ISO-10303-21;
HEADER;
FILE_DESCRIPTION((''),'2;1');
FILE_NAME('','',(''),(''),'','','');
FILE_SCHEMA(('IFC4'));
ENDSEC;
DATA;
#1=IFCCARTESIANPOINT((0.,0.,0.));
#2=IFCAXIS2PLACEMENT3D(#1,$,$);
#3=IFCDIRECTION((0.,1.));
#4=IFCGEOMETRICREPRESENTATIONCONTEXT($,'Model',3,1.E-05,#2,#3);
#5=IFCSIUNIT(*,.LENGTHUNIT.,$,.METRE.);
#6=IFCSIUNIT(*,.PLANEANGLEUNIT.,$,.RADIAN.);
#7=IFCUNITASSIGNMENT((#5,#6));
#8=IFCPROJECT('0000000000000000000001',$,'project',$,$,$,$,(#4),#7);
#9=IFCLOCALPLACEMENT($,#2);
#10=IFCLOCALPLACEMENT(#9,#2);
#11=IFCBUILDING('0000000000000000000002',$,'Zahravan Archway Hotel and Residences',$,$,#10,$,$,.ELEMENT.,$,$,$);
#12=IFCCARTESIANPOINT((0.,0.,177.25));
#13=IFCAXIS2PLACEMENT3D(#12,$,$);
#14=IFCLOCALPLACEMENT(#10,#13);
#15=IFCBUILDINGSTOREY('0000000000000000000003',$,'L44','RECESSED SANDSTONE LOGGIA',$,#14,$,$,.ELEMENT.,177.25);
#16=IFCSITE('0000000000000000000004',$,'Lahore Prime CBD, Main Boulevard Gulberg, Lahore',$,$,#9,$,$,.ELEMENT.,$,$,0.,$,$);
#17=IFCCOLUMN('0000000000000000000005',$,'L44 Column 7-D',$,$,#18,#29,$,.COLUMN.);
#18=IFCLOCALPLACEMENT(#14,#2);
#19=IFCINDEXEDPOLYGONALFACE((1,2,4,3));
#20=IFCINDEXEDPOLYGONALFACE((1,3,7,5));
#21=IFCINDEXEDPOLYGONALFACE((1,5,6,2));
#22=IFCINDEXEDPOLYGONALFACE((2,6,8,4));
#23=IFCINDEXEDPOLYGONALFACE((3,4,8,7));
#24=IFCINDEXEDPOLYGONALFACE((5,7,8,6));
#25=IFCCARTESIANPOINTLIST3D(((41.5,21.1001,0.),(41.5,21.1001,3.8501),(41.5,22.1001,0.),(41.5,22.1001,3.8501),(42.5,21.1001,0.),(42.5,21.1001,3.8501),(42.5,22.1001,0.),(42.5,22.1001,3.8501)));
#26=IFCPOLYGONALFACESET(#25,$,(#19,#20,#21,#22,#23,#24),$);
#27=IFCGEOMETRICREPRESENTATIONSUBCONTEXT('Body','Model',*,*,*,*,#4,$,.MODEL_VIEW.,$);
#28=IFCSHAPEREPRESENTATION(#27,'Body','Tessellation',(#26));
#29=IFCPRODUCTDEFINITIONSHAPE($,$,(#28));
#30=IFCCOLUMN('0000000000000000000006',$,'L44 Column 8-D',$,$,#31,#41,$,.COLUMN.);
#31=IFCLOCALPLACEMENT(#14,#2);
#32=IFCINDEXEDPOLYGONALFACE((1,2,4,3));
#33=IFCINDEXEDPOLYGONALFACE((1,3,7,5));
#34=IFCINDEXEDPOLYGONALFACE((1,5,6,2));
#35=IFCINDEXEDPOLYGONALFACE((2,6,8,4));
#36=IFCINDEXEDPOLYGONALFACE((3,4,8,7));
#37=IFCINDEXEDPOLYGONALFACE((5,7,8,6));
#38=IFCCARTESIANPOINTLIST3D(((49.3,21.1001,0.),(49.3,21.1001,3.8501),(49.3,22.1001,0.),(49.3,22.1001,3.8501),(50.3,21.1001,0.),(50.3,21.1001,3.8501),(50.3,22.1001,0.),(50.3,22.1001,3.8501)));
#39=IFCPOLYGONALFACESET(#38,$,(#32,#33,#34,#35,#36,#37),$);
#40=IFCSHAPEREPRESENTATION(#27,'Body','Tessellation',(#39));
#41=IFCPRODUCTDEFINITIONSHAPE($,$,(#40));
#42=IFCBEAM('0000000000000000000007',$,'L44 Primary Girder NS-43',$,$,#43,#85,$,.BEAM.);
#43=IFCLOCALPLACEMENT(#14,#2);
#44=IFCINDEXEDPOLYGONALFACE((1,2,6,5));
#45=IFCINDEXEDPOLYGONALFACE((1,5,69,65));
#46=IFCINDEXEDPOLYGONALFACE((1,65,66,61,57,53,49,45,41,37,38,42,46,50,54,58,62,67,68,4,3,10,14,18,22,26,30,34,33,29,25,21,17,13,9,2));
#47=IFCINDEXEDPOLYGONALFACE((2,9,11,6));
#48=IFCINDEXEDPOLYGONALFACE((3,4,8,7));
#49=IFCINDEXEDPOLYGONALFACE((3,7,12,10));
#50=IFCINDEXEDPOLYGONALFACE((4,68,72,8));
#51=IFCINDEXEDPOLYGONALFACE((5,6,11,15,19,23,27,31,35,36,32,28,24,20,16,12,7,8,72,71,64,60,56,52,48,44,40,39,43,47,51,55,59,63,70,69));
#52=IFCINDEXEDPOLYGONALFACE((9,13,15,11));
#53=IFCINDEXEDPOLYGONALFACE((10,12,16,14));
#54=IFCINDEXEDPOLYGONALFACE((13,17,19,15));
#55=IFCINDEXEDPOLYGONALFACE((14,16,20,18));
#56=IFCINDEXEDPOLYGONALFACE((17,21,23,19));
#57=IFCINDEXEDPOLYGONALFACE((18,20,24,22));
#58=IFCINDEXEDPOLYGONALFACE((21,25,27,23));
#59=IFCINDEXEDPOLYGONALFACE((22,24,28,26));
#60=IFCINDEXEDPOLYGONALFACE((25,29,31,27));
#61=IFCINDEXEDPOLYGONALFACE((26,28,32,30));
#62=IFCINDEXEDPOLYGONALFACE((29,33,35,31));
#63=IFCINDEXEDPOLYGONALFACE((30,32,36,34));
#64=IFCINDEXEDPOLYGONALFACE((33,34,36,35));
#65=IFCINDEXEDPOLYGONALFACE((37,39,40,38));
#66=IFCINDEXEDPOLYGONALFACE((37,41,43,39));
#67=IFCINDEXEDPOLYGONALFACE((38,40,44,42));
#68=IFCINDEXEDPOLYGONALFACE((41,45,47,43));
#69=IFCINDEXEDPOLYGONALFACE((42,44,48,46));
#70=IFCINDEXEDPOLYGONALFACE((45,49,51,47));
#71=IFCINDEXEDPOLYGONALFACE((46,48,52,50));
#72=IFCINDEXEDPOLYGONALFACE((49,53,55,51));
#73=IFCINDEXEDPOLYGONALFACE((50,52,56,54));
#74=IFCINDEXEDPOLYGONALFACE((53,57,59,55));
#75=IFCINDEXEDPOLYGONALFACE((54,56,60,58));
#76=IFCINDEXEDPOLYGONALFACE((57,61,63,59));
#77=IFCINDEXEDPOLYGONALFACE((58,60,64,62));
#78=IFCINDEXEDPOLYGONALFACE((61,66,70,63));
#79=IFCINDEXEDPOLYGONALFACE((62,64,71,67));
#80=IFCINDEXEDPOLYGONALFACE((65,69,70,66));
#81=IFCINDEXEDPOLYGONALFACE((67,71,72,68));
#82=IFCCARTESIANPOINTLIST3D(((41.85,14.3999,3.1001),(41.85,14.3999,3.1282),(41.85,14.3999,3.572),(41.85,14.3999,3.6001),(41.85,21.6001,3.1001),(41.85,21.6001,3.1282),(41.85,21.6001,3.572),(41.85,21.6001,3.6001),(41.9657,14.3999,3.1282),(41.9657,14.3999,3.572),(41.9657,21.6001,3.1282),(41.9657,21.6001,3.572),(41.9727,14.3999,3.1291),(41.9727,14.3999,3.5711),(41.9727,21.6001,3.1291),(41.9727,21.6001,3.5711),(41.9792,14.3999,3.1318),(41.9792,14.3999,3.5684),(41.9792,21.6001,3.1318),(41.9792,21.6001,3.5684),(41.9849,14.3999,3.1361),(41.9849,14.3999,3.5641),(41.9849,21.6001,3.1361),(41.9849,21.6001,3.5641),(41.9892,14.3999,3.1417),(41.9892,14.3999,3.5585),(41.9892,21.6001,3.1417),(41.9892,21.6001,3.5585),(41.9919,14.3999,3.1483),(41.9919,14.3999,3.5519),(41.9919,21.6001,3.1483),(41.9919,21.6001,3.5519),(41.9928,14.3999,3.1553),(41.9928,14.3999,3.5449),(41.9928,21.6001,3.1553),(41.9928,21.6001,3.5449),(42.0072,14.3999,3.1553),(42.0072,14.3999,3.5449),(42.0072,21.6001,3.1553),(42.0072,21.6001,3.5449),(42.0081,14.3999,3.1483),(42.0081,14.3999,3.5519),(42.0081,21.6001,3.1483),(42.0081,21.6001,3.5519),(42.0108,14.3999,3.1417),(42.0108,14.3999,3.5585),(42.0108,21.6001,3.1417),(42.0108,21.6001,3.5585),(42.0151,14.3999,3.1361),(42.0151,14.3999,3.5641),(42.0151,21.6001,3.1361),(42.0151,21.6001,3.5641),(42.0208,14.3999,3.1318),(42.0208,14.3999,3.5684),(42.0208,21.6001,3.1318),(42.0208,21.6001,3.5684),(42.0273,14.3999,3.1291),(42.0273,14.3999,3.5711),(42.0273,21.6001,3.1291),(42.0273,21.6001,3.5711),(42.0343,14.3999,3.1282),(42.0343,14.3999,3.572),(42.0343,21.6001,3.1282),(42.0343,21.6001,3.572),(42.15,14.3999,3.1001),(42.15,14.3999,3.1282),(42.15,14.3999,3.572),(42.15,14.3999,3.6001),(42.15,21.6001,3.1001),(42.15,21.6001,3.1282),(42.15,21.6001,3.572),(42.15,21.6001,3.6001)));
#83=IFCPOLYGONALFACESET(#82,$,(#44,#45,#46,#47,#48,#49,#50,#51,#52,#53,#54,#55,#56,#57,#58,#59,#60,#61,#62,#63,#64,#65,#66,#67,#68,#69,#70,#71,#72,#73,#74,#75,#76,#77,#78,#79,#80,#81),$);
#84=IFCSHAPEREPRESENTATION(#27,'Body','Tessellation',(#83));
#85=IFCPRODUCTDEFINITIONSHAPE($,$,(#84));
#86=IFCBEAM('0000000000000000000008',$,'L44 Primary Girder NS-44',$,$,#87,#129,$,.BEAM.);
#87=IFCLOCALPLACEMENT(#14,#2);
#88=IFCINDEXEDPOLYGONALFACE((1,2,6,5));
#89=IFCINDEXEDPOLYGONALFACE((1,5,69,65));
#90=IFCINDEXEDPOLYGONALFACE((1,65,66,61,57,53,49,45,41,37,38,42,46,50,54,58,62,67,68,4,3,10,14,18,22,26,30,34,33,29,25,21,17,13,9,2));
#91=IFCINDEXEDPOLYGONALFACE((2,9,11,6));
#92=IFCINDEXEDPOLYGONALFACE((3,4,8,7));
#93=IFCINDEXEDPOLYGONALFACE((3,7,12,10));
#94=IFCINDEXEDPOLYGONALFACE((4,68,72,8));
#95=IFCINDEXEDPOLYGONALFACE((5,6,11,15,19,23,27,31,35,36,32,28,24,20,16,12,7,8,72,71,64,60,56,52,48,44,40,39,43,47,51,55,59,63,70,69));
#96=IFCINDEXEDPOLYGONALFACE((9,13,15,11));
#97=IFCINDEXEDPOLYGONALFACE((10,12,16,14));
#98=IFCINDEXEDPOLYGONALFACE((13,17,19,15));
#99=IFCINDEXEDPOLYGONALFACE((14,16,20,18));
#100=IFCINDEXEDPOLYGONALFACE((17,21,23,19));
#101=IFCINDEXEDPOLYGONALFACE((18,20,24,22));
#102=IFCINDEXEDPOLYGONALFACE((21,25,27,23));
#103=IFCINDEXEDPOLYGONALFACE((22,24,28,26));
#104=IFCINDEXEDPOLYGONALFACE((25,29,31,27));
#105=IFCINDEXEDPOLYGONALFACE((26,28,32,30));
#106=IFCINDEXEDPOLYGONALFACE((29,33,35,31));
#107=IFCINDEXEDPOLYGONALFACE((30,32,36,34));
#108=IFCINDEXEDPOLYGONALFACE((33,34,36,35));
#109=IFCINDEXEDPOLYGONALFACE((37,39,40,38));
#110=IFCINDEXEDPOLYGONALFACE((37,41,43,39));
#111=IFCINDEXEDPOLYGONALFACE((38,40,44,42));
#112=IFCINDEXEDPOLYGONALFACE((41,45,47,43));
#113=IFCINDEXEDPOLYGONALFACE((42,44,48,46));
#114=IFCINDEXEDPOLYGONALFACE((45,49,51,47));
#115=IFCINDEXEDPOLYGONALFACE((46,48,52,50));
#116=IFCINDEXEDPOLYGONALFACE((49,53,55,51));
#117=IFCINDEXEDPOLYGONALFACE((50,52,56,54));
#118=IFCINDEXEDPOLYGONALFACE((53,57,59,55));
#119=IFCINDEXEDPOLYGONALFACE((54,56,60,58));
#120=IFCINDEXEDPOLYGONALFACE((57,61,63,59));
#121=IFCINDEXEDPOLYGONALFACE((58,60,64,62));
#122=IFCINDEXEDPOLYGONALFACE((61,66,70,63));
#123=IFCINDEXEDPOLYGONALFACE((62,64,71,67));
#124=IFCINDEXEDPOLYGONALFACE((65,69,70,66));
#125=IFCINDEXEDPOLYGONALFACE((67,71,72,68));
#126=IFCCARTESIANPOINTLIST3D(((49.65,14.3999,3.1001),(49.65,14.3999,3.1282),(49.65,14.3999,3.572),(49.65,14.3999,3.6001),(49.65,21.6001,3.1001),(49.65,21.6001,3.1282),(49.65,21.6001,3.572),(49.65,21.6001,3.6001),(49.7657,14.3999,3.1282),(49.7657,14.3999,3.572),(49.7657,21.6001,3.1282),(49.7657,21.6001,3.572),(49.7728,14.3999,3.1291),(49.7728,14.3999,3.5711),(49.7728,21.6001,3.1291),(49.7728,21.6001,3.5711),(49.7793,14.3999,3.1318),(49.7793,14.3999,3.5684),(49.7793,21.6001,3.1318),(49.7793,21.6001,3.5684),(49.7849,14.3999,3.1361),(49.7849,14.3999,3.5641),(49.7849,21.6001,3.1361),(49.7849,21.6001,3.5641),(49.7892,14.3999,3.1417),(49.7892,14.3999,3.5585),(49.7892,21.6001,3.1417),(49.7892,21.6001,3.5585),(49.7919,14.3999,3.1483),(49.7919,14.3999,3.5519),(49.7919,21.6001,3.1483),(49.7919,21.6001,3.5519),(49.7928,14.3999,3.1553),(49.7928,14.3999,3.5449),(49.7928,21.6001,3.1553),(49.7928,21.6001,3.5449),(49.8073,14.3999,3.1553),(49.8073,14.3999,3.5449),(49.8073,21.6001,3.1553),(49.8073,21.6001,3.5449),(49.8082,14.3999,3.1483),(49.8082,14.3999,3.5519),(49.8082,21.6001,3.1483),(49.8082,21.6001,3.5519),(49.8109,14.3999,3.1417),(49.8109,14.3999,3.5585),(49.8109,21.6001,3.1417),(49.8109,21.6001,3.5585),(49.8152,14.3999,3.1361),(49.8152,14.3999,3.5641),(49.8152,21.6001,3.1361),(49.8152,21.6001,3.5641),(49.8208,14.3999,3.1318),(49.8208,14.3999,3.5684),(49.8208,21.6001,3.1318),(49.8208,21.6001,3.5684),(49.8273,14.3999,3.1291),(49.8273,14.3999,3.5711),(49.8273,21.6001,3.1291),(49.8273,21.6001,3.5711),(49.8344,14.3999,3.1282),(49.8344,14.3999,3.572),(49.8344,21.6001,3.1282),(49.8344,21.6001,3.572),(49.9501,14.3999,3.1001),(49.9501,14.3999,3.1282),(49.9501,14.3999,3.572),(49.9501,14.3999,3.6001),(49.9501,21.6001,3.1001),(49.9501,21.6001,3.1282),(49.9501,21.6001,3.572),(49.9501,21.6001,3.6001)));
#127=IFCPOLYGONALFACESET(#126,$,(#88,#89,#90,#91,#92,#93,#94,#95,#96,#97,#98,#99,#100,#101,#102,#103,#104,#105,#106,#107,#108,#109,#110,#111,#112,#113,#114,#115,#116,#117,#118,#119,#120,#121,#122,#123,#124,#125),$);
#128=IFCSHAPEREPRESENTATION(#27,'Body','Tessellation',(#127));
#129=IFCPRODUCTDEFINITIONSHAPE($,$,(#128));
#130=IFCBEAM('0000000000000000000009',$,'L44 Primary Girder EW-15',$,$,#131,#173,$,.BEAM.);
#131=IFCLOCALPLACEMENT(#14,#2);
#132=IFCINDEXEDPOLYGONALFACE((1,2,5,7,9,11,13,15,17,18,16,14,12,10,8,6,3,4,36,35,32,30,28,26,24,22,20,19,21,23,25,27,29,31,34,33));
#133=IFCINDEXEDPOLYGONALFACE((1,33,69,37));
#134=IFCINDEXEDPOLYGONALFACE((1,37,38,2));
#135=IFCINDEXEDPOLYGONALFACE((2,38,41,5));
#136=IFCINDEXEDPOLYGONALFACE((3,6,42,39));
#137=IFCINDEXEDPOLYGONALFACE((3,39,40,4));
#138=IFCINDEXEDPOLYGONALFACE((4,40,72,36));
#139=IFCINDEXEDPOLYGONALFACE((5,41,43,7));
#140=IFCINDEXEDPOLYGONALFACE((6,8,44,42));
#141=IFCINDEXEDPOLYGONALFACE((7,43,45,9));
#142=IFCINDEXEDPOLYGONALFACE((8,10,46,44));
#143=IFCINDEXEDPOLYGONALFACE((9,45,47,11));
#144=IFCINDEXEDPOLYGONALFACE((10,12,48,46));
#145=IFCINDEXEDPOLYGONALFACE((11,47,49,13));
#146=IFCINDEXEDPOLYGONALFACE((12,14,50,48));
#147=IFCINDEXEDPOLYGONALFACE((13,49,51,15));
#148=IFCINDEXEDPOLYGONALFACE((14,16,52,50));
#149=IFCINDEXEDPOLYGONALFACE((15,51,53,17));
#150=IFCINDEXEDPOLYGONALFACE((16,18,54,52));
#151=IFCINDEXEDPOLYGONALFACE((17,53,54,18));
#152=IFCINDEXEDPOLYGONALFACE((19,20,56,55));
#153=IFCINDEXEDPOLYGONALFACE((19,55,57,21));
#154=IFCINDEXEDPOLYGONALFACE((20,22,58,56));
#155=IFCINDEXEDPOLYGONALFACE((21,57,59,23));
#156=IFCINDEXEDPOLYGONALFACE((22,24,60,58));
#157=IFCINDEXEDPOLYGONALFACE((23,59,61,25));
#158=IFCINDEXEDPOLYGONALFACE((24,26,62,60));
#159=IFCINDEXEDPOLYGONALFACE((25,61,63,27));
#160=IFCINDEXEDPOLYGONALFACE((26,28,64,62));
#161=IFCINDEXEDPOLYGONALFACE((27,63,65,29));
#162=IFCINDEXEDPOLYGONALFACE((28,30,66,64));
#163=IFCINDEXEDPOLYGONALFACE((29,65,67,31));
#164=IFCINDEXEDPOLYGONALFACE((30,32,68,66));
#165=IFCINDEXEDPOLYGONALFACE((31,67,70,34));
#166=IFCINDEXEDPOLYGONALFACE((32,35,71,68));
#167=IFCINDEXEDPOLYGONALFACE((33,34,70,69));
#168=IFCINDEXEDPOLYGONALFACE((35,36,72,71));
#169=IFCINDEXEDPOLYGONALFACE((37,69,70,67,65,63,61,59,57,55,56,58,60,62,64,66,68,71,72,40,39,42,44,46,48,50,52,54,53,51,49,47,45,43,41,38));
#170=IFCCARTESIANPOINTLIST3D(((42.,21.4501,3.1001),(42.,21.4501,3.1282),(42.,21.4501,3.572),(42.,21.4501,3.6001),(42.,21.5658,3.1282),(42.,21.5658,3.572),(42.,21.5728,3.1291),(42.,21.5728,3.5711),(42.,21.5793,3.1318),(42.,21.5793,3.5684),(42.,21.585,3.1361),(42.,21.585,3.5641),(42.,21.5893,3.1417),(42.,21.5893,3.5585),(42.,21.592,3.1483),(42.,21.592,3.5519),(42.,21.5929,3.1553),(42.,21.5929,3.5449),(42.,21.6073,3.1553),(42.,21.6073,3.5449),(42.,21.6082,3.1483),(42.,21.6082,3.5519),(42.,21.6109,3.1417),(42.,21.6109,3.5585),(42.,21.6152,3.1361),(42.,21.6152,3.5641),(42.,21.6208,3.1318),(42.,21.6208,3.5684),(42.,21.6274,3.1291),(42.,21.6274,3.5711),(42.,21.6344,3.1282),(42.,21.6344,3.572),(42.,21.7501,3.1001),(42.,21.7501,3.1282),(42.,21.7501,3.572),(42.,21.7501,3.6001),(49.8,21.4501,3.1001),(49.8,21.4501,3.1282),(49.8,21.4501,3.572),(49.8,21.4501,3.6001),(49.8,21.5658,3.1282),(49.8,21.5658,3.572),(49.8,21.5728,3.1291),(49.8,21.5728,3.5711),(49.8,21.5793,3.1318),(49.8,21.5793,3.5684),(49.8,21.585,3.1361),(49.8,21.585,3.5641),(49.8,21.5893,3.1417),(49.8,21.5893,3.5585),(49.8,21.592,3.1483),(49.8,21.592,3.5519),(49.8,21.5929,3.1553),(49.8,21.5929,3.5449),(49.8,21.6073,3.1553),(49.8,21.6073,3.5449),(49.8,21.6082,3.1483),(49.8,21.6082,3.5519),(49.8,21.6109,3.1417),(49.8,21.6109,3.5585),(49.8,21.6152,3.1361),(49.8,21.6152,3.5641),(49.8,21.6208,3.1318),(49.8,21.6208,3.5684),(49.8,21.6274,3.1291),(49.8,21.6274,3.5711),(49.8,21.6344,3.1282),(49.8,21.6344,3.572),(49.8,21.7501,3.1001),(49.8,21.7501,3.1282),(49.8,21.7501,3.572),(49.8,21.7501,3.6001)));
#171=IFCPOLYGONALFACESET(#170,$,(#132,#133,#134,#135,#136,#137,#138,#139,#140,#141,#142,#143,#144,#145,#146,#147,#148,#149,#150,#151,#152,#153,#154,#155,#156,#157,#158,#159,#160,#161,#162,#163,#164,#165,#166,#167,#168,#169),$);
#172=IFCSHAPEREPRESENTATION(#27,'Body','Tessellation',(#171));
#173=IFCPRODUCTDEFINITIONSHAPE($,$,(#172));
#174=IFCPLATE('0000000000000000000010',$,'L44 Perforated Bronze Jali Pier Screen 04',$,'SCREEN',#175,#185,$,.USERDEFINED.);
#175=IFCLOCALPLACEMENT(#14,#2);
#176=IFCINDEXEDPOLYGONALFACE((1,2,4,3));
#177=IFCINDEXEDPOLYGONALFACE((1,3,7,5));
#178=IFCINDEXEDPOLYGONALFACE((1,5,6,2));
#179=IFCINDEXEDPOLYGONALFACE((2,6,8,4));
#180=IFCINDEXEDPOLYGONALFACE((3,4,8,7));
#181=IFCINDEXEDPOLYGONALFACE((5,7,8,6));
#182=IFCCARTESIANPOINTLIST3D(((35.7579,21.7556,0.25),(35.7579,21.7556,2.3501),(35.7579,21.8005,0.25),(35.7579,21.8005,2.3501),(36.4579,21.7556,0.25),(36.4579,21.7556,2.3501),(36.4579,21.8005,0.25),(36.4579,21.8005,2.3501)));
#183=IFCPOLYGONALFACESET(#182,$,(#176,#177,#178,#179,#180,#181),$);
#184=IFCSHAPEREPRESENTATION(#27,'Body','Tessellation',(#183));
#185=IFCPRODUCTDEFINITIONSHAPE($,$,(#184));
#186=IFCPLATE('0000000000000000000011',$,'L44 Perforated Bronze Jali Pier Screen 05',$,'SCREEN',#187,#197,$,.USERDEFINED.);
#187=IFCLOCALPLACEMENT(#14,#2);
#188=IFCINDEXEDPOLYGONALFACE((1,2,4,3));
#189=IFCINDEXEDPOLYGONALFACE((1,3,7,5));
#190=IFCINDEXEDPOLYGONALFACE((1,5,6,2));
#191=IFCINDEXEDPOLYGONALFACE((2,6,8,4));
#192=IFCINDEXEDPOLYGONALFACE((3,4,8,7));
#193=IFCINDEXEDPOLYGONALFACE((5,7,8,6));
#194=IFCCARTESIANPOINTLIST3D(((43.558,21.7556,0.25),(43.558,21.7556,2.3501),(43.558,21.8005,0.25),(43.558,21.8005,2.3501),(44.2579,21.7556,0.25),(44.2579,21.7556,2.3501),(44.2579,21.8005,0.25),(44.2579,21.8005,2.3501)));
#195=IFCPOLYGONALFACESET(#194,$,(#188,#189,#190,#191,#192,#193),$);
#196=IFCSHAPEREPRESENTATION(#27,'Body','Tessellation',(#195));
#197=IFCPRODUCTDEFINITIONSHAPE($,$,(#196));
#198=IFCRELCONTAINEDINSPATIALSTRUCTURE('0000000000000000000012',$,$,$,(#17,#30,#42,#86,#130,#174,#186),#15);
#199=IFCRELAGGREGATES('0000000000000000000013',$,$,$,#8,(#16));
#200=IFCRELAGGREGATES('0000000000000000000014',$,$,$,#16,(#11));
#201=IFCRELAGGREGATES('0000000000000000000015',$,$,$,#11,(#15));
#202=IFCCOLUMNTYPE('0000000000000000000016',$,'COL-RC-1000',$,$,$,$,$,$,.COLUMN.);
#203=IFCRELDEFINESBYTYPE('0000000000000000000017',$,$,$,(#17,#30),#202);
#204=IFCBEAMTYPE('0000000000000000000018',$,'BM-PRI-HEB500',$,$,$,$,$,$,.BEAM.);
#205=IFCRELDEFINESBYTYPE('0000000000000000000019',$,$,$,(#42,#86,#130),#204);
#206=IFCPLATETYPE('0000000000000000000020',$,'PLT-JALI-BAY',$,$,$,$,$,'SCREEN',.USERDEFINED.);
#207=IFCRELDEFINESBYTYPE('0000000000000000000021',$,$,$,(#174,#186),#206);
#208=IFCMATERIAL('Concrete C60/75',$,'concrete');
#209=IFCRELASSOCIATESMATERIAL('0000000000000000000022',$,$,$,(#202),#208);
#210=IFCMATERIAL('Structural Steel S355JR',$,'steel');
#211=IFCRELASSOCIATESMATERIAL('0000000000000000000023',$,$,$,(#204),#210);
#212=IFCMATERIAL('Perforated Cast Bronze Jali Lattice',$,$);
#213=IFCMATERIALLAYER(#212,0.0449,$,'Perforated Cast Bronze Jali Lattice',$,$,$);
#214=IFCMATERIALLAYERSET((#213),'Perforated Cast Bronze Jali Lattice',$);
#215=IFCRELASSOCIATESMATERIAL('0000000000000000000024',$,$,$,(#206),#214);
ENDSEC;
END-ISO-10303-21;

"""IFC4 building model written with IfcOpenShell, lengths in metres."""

from ifc_helpers import new_model, si_unit, direction, frame, origin, origin_2d, place, context, subcontext, project, spatial, rectangle, i_section, extrude, source, transform, mapped, material, layer, layer_set, material_profile, profile_set, type_object, type_shapes, element, save


model = new_model("IFC4")

# Units and contexts
model_context = context("Model", 3, precision=1e-05, world=origin(), true_north=direction((0.0, 1.0)))
body_context = subcontext(model_context, "Body", "Model", "MODEL_VIEW")
ifc_project = project(units=[si_unit("LENGTHUNIT", "METRE"), si_unit("PLANEANGLEUNIT", "RADIAN")], contexts=[model_context])

# Site, building, storey
site_placement = place(None, origin())
site = spatial("IfcSite", under=ifc_project, at=site_placement, Name="Lahore Prime CBD, Main Boulevard Gulberg, Lahore", CompositionType="ELEMENT", RefElevation=0.0)
building_placement = place(site_placement, origin())
building = spatial("IfcBuilding", under=site, at=building_placement, Name="Zahravan Archway Hotel and Residences", CompositionType="ELEMENT")
storey_placement = place(building_placement, frame((0.0, 0.0, 177.25)))
storey = spatial("IfcBuildingStorey", under=building, at=storey_placement, Name="L44", Description="RECESSED SANDSTONE LOGGIA", CompositionType="ELEMENT", Elevation=177.25)

# Columns
ifc_material_1 = material(Name="Concrete C60/75", Category="concrete")
ifc_material_profile_1 = material_profile(ifc_material_1, rectangle(XDim=1.0, YDim=1.0, at=origin_2d()), Name="RC-COL-1000x1000", Category="concrete")
ifc_profile_set_1 = profile_set([ifc_material_profile_1], Name="Concrete C60/75")
column_type = type_object("IfcColumnType", Name="COL-RC-1000", PredefinedType="COLUMN", material=ifc_profile_set_1)
shared_shape_1 = source(origin(), body_context, "Body", "SweptSolid", [
    extrude(rectangle(XDim=1.0, YDim=1.0, at=origin_2d()), origin(), (0.0, 0.0, 1.0), 3.8501),
])
for number, where, z_axis, x_axis, name in (
    (1, (42.0, 21.6001, 0.0), (0.0, 0.0, 1.0), (1.0, 0.0, 0.0), "L44 Column 7-D"),
    (2, (49.8, 21.6001, 0.0), (0.0, 0.0, 1.0), (1.0, 0.0, 0.0), "L44 Column 8-D"),
):
    element("IfcColumn", number, at=place(storey_placement, frame(where, z_axis=z_axis, x_axis=x_axis)), inside=storey, type_object=column_type, Name=name, PredefinedType="COLUMN", context=body_context, shape_type="MappedRepresentation", body=[
        mapped(shared_shape_1, transform((0.0, 0.0, 0.0), scale=1.0)),
    ])

# Beams
ifc_material_2 = material(Name="Structural Steel S355JR", Category="steel")
ifc_material_profile_2 = material_profile(ifc_material_2, i_section(OverallWidth=0.3, OverallDepth=0.5, WebThickness=0.0144, FlangeThickness=0.0281, FilletRadius=0.0271, at=origin_2d()), Name="HEB 500", Category="steel")
ifc_profile_set_2 = profile_set([ifc_material_profile_2], Name="Structural Steel S355JR")
beam_type = type_object("IfcBeamType", Name="BM-PRI-HEB500", PredefinedType="BEAM", material=ifc_profile_set_2)
shared_shape_2 = source(origin(), body_context, "Body", "SweptSolid", [
    extrude(i_section(OverallWidth=0.3, OverallDepth=0.5, WebThickness=0.0144, FlangeThickness=0.0281, FilletRadius=0.0271, at=origin_2d()), origin(), (0.0, 0.0, 1.0), 7.2002),
])
type_shapes(beam_type, [shared_shape_2])
for number, where, z_axis, x_axis, name in (
    (3, (42.0, 14.3999, 3.3501), (0.0, 1.0, 0.0), (-1.0, 0.0, 0.0), "L44 Primary Girder NS-43"),
    (4, (49.8, 14.3999, 3.3501), (0.0, 1.0, 0.0), (-1.0, 0.0, 0.0), "L44 Primary Girder NS-44"),
):
    element("IfcBeam", number, at=place(storey_placement, frame(where, z_axis=z_axis, x_axis=x_axis)), inside=storey, type_object=beam_type, Name=name, PredefinedType="BEAM", context=body_context, shape_type="MappedRepresentation", body=[
        mapped(shared_shape_2, transform((0.0, 0.0, 0.0), scale=1.0)),
    ])
shared_shape_3 = source(origin(), body_context, "Body", "SweptSolid", [
    extrude(i_section(OverallWidth=0.3, OverallDepth=0.5, WebThickness=0.0144, FlangeThickness=0.0281, FilletRadius=0.0271, at=origin_2d()), origin(), (0.0, 0.0, 1.0), 7.8),
])
beam_placement = place(storey_placement, frame((42.0, 21.6001, 3.3501), z_axis=(1.0, 0.0, 0.0), x_axis=(0.0, 1.0, 0.0)))
element("IfcBeam", 5, at=beam_placement, inside=storey, type_object=beam_type, Name="L44 Primary Girder EW-15", PredefinedType="BEAM", context=body_context, shape_type="MappedRepresentation", body=[
    mapped(shared_shape_3, transform((0.0, 0.0, 0.0), scale=1.0)),
])

# Plates
ifc_material_3 = material(Name="Perforated Cast Bronze Jali Lattice")
ifc_layer_1 = layer(ifc_material_3, 0.0449, Name="Perforated Cast Bronze Jali Lattice")
ifc_layer_set_1 = layer_set([ifc_layer_1], Name="Perforated Cast Bronze Jali Lattice")
plate_type = type_object("IfcPlateType", Name="PLT-JALI-BAY", ElementType="SCREEN", PredefinedType="USERDEFINED", material=ifc_layer_set_1)
shared_shape_4 = source(origin(), body_context, "Body", "SweptSolid", [
    extrude(rectangle(XDim=0.7, YDim=0.0449, at=origin_2d()), origin(), (0.0, 0.0, 1.0), 2.1001),
])
type_shapes(plate_type, [shared_shape_4])
for number, where, z_axis, x_axis, name in (
    (6, (36.1079, 21.7781, 0.25), (0.0, 0.0, 1.0), (1.0, 0.0, 0.0), "L44 Perforated Bronze Jali Pier Screen 04"),
    (7, (43.908, 21.7781, 0.25), (0.0, 0.0, 1.0), (1.0, 0.0, 0.0), "L44 Perforated Bronze Jali Pier Screen 05"),
):
    element("IfcPlate", number, at=place(storey_placement, frame(where, z_axis=z_axis, x_axis=x_axis)), inside=storey, type_object=plate_type, Name=name, ObjectType="SCREEN", PredefinedType="USERDEFINED", context=body_context, shape_type="MappedRepresentation", body=[
        mapped(shared_shape_4, transform((0.0, 0.0, 0.0), scale=1.0)),
    ])

save(model, "model.ifc")
